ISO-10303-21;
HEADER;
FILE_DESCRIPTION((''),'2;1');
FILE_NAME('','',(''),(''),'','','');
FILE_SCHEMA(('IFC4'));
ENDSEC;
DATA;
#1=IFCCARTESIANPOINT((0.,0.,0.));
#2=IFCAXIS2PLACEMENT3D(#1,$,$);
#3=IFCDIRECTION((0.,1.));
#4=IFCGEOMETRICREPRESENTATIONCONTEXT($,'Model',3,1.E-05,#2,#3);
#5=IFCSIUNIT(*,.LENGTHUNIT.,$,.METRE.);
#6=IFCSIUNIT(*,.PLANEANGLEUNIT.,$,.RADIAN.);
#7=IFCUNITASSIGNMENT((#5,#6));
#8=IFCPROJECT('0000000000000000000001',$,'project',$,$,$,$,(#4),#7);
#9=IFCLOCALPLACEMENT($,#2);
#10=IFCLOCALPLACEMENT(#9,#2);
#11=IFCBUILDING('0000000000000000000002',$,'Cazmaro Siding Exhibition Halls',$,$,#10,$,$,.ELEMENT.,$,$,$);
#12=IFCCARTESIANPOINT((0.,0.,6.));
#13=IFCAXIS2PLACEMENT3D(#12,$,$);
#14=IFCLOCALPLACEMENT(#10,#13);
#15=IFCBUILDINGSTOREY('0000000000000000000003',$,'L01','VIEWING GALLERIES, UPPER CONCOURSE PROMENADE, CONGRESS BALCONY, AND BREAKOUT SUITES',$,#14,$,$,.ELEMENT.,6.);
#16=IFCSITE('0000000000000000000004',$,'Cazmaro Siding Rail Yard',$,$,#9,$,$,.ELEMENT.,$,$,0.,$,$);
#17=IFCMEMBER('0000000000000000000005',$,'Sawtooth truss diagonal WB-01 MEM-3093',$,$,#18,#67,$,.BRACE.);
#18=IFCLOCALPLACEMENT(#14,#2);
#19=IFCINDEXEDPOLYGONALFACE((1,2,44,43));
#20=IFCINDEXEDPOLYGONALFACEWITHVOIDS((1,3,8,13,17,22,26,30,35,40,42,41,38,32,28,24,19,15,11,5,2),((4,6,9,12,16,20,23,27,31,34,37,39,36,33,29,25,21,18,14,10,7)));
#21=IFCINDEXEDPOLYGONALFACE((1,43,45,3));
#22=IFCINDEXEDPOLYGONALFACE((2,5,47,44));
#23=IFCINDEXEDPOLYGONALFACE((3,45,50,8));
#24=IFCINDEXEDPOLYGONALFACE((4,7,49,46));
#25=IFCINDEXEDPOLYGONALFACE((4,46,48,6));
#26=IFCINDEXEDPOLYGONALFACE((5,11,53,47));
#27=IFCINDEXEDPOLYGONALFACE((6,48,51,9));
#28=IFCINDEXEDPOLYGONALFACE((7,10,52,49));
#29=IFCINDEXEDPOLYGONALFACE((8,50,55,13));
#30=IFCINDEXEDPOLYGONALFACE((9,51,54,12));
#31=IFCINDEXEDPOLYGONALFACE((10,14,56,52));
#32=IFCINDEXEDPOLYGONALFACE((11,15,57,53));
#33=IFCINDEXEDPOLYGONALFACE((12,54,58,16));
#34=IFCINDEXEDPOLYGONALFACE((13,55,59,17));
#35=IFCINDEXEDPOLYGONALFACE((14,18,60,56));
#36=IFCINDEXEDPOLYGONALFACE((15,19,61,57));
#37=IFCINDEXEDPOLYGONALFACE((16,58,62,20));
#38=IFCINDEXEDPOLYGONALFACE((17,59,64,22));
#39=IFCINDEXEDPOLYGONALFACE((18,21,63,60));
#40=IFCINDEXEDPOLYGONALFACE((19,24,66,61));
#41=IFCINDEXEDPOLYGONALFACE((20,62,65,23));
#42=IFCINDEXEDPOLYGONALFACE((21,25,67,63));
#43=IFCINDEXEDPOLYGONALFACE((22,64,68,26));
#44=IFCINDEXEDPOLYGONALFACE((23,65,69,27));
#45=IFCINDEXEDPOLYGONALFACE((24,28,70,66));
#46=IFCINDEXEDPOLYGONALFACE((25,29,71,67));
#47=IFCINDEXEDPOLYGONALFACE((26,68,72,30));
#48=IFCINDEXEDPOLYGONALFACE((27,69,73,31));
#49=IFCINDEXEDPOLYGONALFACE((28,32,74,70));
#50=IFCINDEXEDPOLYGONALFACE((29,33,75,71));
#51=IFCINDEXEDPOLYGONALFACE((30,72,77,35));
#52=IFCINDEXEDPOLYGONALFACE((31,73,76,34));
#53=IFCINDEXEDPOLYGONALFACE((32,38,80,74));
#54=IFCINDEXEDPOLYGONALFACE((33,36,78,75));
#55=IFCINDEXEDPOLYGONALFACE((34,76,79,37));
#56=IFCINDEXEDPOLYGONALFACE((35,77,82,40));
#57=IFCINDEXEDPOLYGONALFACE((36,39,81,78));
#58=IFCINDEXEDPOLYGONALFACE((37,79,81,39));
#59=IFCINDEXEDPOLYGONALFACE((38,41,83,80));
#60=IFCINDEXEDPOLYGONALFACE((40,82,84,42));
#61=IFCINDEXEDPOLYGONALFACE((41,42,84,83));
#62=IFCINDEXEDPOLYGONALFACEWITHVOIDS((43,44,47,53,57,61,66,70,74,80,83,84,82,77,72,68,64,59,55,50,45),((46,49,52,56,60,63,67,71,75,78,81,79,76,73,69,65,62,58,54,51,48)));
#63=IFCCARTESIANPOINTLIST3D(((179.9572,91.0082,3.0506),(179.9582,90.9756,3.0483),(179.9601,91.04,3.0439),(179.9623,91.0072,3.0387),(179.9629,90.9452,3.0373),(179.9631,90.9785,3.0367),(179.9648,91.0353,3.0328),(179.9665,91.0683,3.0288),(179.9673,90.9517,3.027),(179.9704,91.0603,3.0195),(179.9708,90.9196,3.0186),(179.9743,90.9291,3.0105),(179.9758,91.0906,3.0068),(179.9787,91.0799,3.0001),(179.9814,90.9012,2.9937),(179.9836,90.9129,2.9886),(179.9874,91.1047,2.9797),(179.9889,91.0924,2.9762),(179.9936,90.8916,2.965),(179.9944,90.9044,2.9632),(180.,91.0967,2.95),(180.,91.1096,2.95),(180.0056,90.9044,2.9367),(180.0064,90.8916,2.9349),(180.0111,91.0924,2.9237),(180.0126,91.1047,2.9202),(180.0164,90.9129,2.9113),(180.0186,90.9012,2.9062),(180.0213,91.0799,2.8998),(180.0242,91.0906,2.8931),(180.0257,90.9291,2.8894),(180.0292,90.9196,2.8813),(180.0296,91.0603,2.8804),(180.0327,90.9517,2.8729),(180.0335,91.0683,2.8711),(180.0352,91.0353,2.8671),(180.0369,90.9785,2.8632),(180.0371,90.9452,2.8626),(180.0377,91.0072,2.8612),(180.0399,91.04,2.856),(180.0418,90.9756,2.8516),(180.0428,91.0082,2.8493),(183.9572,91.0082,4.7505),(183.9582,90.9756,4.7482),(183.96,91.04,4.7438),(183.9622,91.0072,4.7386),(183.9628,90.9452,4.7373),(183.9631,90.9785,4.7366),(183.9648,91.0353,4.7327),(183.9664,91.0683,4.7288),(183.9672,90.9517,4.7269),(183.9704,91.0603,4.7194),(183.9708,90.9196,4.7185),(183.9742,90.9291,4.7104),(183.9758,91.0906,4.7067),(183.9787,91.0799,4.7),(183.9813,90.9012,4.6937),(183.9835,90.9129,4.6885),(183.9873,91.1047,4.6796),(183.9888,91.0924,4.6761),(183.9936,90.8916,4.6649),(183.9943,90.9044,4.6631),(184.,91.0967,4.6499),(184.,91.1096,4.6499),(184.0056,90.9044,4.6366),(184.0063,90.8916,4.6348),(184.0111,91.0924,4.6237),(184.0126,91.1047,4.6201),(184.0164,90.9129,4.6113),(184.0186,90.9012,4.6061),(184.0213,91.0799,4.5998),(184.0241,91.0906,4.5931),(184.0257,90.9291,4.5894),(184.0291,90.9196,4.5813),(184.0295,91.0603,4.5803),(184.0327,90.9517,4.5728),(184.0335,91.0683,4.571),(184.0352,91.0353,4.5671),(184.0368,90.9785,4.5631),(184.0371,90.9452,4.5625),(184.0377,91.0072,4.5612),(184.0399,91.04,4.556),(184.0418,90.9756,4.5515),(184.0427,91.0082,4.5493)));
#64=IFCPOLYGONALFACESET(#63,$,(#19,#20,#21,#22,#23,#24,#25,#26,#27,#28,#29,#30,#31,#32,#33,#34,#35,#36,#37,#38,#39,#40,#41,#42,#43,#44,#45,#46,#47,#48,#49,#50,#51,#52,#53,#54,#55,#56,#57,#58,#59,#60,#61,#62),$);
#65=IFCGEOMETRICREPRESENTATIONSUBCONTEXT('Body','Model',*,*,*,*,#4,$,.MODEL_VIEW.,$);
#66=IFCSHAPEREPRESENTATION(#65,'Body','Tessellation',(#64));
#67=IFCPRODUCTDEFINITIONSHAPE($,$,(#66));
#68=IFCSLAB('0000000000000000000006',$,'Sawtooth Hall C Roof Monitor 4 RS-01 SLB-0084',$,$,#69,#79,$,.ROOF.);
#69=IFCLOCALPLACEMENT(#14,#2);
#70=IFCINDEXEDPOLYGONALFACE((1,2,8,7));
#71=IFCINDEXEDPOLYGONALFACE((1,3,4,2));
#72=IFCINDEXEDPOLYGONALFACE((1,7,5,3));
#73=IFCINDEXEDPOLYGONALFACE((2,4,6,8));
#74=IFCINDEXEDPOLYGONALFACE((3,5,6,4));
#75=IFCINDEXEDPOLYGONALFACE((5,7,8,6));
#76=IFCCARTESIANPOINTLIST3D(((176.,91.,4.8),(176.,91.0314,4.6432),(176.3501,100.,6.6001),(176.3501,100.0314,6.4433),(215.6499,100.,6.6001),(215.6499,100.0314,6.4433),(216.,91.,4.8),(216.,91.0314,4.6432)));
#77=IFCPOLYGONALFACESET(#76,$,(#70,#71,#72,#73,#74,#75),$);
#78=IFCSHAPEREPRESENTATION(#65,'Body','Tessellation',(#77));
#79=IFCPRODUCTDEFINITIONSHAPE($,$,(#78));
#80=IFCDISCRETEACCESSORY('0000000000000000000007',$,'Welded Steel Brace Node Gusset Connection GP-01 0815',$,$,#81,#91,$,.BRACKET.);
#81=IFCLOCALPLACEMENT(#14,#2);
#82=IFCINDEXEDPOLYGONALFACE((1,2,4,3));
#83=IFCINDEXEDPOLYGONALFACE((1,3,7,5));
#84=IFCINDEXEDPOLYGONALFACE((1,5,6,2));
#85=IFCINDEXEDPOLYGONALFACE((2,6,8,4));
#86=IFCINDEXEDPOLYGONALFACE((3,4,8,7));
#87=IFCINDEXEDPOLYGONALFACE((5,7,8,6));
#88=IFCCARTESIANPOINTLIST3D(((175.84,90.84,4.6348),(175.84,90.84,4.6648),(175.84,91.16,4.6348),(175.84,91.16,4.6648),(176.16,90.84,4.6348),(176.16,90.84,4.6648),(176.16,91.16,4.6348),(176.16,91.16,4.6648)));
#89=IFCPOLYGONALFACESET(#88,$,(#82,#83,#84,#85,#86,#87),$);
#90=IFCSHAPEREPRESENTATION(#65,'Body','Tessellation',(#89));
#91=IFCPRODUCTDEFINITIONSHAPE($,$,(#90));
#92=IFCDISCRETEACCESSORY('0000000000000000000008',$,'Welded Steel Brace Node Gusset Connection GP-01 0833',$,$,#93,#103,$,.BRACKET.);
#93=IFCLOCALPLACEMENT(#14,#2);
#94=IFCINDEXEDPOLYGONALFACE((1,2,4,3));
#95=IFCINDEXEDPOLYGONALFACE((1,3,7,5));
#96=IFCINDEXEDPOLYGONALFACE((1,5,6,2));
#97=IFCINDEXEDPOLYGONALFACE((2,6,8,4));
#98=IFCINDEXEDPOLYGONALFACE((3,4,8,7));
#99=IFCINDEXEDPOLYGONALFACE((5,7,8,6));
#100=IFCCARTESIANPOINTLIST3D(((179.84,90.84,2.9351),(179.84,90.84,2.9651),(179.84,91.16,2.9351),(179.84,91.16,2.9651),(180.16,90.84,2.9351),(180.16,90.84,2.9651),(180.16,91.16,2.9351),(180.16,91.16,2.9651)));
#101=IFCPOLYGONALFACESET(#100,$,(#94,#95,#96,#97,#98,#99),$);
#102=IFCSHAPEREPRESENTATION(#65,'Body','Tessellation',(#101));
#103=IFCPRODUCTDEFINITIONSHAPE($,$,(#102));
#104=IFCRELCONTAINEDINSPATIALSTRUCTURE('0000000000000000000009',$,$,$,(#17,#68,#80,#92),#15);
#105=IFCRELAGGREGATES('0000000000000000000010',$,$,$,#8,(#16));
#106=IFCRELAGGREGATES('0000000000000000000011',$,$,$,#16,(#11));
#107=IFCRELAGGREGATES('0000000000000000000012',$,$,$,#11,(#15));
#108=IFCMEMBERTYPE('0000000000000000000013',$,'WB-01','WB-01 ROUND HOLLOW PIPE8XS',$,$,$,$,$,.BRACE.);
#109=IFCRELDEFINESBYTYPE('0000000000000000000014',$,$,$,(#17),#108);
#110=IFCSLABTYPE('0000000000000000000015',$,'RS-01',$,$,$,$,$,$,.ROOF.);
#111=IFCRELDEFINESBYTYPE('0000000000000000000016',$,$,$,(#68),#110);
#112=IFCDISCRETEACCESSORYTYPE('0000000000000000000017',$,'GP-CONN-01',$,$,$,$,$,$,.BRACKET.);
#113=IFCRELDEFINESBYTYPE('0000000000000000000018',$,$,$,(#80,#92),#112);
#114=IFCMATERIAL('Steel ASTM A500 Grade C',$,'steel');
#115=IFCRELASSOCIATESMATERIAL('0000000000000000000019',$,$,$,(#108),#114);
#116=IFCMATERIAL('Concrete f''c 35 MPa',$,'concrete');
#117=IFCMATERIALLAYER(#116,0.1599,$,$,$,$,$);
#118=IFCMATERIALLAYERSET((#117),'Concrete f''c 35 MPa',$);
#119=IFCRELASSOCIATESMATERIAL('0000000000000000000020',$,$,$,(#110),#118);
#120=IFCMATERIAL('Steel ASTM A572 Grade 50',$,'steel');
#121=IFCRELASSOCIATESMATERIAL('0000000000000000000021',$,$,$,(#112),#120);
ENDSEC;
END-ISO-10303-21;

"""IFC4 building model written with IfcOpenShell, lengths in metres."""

from ifc_helpers import new_model, si_unit, direction, frame, origin, origin_2d, place, context, subcontext, project, spatial, polyline, rectangle, hollow_circle, outline, extrude, material, layer, layer_set, material_profile, profile_set, type_object, element, save


model = new_model("IFC4")

# Units and contexts
model_context = context("Model", 3, precision=1e-05, world=origin(), true_north=direction((0.0, 1.0)))
body_context = subcontext(model_context, "Body", "Model", "MODEL_VIEW")
ifc_project = project(units=[si_unit("LENGTHUNIT", "METRE"), si_unit("PLANEANGLEUNIT", "RADIAN")], contexts=[model_context])

# Site, building, storey
site_placement = place(None, origin())
site = spatial("IfcSite", under=ifc_project, at=site_placement, Name="Cazmaro Siding Rail Yard", CompositionType="ELEMENT", RefElevation=0.0)
building_placement = place(site_placement, origin())
building = spatial("IfcBuilding", under=site, at=building_placement, Name="Cazmaro Siding Exhibition Halls", CompositionType="ELEMENT")
storey_placement = place(building_placement, frame((0.0, 0.0, 6.0)))
storey = spatial("IfcBuildingStorey", under=building, at=storey_placement, Name="L01", Description="VIEWING GALLERIES, UPPER CONCOURSE PROMENADE, CONGRESS BALCONY, AND BREAKOUT SUITES", CompositionType="ELEMENT", Elevation=6.0)

# Member
ifc_material_1 = material(Name="Steel ASTM A500 Grade C", Category="steel")
ifc_material_profile_1 = material_profile(ifc_material_1, hollow_circle(Radius=0.1096, WallThickness=0.0129, at=origin_2d()), Name="PIPE8XS")
ifc_profile_set_1 = profile_set([ifc_material_profile_1], Name="Steel ASTM A500 Grade C")
member_type_1 = type_object("IfcMemberType", Name="WB-01", Description="WB-01 ROUND HOLLOW PIPE8XS", PredefinedType="BRACE", material=ifc_profile_set_1)
for number, where, z_axis, x_axis, name in (
    (1, (180.0, 91.0, 2.95), (0.920335, 0.0, 0.391131), (0.0, 1.0, 0.0), "Sawtooth truss diagonal WB-01 MEM-3093"),
):
    element("IfcMember", number, at=place(storey_placement, frame(where, z_axis=z_axis, x_axis=x_axis)), inside=storey, type_object=member_type_1, Name=name, PredefinedType="BRACE", context=body_context, shape_type="SweptSolid", body=[
        extrude(hollow_circle(Radius=0.1096, WallThickness=0.0129, at=origin_2d()), origin(), (0.0, 0.0, 1.0), 4.3462),
    ])

# Slab
ifc_material_2 = material(Name="Concrete f'c 35 MPa", Category="concrete")
ifc_layer_1 = layer(ifc_material_2, 0.1599)
ifc_layer_set_1 = layer_set([ifc_layer_1], Name="Concrete f'c 35 MPa")
slab_type = type_object("IfcSlabType", Name="RS-01", PredefinedType="ROOF", material=ifc_layer_set_1)
slab_placement = place(storey_placement, frame((176.0, 91.0, 4.8), z_axis=(0.0, -0.196121, 0.98058), x_axis=(1.0, 0.0, 0.0)))
element("IfcSlab", 2, at=slab_placement, inside=storey, type_object=slab_type, Name="Sawtooth Hall C Roof Monitor 4 RS-01 SLB-0084", PredefinedType="ROOF", context=body_context, shape_type="SweptSolid", body=[
    extrude(outline(polyline([(0.0, 0.0), (40.0, 0.0), (39.6499, 9.1782), (0.3501, 9.1782), (0.0, 0.0)])), origin(), (0.0, 0.0, -1.0), 0.1599),
])

# Discrete accessories
ifc_material_3 = material(Name="Steel ASTM A572 Grade 50", Category="steel")
discrete_accessory_type = type_object("IfcDiscreteAccessoryType", Name="GP-CONN-01", PredefinedType="BRACKET", material=ifc_material_3)
for number, where, z_axis, x_axis, name in (
    (3, (176.0, 91.0, 4.6348), (0.0, 0.0, 1.0), (1.0, 0.0, 0.0), "Welded Steel Brace Node Gusset Connection GP-01 0815"),
    (4, (180.0, 91.0, 2.9351), (0.0, 0.0, 1.0), (1.0, 0.0, 0.0), "Welded Steel Brace Node Gusset Connection GP-01 0833"),
):
    element("IfcDiscreteAccessory", number, at=place(storey_placement, frame(where, z_axis=z_axis, x_axis=x_axis)), inside=storey, type_object=discrete_accessory_type, Name=name, PredefinedType="BRACKET", context=body_context, shape_type="SweptSolid", body=[
        extrude(rectangle(XDim=0.3201, YDim=0.3201, at=origin_2d()), origin(), (0.0, 0.0, 1.0), 0.03),
    ])

save(model, "model.ifc")
